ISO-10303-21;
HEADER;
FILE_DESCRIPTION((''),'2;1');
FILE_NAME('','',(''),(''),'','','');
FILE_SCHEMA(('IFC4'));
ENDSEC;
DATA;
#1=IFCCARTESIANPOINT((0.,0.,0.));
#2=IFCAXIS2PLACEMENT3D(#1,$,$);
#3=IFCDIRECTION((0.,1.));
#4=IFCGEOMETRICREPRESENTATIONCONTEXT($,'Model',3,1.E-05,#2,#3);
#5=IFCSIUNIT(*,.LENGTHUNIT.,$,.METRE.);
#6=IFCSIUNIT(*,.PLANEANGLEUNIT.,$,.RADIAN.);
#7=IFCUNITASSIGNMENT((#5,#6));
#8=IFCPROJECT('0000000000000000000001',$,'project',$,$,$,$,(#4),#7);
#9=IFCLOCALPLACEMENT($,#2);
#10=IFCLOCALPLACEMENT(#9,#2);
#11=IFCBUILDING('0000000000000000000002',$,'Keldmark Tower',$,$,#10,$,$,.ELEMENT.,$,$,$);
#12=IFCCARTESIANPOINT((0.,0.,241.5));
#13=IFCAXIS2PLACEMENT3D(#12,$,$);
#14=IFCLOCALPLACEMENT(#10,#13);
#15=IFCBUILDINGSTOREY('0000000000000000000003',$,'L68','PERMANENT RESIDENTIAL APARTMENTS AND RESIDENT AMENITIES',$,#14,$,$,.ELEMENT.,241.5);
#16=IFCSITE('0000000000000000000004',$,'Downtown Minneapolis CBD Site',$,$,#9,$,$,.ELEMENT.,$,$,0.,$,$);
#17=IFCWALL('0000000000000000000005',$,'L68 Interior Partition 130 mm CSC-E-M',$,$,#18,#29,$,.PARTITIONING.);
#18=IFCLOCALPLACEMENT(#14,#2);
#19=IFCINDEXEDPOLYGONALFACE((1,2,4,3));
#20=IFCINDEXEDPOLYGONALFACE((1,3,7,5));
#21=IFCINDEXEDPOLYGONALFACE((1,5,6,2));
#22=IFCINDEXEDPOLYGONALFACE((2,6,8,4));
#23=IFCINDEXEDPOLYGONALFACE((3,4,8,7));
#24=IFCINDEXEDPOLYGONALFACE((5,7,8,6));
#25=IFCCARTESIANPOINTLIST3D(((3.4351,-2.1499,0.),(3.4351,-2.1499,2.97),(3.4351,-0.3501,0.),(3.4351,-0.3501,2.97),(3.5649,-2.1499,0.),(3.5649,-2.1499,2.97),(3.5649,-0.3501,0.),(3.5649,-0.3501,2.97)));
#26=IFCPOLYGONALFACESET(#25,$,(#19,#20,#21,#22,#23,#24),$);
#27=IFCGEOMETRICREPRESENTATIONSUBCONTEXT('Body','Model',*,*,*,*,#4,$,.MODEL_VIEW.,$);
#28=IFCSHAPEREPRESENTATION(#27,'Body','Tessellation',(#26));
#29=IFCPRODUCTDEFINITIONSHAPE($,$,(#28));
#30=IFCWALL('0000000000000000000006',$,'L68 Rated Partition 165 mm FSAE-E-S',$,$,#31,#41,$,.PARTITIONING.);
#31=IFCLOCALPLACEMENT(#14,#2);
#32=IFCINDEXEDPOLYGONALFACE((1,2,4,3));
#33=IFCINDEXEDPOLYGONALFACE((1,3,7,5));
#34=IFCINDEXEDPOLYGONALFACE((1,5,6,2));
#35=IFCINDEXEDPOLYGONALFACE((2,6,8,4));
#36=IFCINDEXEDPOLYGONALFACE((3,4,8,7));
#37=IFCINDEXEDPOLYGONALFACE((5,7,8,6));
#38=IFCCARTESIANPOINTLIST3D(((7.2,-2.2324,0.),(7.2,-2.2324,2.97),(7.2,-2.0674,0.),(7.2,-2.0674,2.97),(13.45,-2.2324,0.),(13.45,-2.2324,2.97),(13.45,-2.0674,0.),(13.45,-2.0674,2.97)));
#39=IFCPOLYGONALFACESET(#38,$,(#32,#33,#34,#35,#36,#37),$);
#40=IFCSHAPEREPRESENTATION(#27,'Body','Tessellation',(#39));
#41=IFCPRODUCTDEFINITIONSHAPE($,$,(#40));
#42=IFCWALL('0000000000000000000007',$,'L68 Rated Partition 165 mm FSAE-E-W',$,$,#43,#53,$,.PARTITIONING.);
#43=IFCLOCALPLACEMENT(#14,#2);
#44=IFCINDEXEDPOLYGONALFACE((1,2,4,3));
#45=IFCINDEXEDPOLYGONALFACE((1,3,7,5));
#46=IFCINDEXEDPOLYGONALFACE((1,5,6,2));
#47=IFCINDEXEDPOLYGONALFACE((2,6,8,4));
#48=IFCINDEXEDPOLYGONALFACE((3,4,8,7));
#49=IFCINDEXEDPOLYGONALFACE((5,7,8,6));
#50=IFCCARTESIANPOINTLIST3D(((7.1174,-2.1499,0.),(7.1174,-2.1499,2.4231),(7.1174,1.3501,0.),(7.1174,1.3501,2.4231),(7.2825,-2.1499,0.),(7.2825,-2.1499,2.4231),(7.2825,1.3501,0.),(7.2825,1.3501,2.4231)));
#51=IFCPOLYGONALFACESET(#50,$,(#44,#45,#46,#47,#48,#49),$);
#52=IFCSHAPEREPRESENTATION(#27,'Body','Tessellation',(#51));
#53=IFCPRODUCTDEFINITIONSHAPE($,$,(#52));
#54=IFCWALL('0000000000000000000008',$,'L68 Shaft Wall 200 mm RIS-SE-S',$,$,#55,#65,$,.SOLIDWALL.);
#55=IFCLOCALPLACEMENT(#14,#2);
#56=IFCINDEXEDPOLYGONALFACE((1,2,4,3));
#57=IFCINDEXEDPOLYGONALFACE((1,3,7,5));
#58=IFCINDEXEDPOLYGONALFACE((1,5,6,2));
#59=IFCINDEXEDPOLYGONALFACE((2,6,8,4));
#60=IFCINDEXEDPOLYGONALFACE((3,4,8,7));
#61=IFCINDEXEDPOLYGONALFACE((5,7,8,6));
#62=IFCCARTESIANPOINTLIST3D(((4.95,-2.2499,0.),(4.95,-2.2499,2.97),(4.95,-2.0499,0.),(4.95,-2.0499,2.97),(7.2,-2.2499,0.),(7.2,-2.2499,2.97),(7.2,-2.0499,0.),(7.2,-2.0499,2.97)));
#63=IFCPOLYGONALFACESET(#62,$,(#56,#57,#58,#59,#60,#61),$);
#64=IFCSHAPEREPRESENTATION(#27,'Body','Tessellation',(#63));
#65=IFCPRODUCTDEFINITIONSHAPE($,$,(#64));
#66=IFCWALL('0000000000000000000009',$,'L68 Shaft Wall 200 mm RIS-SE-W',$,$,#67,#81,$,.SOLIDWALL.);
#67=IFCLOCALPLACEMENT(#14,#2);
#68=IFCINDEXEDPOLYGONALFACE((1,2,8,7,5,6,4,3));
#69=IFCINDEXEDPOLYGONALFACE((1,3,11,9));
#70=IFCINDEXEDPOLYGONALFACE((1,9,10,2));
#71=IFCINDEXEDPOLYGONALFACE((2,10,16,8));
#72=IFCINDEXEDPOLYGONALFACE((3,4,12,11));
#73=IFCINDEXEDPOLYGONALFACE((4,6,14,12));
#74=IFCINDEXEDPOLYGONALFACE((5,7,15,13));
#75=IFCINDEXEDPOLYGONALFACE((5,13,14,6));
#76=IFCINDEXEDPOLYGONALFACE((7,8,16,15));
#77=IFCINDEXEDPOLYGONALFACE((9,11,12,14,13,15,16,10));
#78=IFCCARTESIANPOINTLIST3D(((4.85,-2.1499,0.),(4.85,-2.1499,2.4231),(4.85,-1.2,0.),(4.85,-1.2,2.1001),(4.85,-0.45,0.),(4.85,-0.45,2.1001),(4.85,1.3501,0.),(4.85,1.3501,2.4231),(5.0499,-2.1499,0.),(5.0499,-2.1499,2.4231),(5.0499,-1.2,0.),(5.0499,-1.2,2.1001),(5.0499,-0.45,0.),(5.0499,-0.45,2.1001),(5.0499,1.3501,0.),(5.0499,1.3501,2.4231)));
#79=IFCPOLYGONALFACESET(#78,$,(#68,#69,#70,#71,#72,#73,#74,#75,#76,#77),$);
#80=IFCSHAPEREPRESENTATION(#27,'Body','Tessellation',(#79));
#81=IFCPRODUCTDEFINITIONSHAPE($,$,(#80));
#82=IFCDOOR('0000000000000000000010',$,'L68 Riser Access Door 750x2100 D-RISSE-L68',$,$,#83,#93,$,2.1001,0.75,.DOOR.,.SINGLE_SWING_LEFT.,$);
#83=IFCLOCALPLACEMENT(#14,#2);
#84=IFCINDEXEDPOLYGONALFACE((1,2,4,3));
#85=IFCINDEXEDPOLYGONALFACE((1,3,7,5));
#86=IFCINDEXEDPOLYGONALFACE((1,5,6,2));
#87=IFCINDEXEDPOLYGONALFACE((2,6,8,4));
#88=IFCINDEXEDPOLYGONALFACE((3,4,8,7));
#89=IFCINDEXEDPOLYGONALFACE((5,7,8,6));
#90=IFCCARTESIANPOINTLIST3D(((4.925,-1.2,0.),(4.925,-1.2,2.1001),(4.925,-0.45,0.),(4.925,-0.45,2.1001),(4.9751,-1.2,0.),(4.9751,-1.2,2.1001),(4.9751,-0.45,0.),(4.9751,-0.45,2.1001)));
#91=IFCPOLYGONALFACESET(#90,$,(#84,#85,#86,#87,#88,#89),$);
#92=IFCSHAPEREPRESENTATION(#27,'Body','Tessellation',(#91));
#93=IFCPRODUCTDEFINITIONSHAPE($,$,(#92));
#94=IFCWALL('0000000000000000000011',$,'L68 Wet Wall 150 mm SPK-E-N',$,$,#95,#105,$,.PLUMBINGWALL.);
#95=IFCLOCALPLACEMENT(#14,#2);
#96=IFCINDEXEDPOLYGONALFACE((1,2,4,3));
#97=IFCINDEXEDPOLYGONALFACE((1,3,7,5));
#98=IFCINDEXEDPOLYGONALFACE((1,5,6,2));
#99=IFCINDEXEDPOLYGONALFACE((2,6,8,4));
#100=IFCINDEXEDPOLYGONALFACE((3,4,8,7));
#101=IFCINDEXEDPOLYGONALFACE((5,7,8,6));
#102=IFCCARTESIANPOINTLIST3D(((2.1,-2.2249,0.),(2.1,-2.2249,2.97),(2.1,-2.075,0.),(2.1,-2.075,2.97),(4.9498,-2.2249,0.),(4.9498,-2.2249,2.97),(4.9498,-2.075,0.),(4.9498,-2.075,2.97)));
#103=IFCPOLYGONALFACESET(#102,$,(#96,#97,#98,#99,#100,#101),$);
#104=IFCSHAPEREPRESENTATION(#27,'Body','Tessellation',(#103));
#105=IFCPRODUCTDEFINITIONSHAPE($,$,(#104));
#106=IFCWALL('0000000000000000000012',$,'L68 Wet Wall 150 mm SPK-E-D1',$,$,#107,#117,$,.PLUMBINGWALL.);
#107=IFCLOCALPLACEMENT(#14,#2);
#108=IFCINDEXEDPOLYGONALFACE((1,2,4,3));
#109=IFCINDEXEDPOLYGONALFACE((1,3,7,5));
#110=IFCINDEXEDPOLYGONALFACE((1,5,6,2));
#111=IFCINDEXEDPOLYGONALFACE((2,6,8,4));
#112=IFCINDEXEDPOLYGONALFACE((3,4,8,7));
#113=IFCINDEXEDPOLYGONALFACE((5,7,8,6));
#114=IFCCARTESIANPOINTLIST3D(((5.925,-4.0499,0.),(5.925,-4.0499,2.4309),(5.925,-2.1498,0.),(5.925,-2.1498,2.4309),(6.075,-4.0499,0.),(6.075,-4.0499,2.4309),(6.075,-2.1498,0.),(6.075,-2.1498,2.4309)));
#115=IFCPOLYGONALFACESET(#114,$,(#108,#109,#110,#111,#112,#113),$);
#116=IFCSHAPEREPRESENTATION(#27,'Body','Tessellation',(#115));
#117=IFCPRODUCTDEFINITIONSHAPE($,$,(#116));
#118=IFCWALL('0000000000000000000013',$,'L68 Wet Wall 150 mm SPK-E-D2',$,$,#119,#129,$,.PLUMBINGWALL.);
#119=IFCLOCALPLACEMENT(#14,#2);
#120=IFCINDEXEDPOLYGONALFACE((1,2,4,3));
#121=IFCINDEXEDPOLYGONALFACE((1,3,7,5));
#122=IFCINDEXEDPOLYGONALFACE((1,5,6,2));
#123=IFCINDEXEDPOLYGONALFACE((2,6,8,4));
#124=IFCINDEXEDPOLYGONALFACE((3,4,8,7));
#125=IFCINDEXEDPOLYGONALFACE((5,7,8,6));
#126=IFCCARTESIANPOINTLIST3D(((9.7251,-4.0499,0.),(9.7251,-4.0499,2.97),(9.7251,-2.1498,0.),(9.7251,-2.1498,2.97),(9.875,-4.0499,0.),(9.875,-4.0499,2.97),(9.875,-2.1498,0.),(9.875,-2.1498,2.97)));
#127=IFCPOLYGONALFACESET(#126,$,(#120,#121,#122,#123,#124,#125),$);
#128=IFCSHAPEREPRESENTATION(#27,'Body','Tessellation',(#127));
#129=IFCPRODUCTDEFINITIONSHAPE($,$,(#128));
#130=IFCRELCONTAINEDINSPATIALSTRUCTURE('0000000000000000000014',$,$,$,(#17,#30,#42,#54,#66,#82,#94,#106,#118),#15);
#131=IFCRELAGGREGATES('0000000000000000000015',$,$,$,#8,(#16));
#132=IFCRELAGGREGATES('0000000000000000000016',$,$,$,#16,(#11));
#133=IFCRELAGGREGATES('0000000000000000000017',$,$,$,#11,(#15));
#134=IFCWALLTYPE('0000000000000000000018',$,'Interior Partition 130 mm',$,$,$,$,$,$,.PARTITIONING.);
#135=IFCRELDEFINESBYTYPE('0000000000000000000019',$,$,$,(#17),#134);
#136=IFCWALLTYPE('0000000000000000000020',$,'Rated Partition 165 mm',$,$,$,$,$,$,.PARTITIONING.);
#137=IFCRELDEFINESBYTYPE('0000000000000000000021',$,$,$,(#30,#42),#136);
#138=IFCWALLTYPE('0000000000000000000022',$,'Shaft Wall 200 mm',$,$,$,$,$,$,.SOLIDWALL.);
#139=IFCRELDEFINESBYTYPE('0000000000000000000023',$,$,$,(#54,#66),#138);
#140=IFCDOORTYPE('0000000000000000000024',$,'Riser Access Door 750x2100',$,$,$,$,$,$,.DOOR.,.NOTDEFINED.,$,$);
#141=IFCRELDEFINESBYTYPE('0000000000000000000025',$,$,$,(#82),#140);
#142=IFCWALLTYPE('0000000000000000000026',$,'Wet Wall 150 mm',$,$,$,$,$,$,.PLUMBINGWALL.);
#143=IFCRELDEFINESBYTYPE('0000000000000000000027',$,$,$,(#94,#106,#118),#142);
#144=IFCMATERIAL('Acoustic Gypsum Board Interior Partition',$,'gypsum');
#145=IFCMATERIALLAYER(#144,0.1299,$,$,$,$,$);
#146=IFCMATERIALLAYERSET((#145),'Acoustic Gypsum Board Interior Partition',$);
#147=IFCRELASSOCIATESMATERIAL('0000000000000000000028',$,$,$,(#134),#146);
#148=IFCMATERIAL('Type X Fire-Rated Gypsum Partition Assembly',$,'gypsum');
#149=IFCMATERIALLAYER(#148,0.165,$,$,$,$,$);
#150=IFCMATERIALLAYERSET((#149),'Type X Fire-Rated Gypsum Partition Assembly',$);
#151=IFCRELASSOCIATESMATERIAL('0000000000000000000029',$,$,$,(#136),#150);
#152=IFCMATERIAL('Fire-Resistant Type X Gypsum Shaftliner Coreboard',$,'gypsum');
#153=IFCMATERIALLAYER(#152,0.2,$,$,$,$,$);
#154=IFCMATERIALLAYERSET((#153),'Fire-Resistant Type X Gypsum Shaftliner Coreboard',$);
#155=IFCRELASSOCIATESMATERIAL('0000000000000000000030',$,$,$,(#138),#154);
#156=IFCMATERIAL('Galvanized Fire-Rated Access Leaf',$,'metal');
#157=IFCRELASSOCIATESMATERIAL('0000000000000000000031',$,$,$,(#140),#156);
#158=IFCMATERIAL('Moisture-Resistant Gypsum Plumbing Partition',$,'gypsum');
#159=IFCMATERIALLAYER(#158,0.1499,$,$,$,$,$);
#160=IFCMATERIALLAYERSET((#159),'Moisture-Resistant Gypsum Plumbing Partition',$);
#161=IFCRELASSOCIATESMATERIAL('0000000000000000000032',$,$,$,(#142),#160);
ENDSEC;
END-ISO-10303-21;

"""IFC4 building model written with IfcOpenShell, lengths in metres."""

from ifc_helpers import new_model, si_unit, direction, frame, frame_2d, origin, place, context, subcontext, project, spatial, rectangle, extrude, material, layer, layer_set, type_object, element, fill, save


model = new_model("IFC4")

# Units and contexts
model_context = context("Model", 3, precision=1e-05, world=origin(), true_north=direction((0.0, 1.0)))
body_context = subcontext(model_context, "Body", "Model", "MODEL_VIEW")
ifc_project = project(units=[si_unit("LENGTHUNIT", "METRE"), si_unit("PLANEANGLEUNIT", "RADIAN")], contexts=[model_context])

# Site, building, storey
site_placement = place(None, origin())
site = spatial("IfcSite", under=ifc_project, at=site_placement, Name="Downtown Minneapolis CBD Site", CompositionType="ELEMENT", RefElevation=0.0)
building_placement = place(site_placement, origin())
building = spatial("IfcBuilding", under=site, at=building_placement, Name="Keldmark Tower", CompositionType="ELEMENT")
storey_placement = place(building_placement, frame((0.0, 0.0, 241.5)))
storey = spatial("IfcBuildingStorey", under=building, at=storey_placement, Name="L68", Description="PERMANENT RESIDENTIAL APARTMENTS AND RESIDENT AMENITIES", CompositionType="ELEMENT", Elevation=241.5)

# Shared definitions
ifc_material_1 = material(Name="Acoustic Gypsum Board Interior Partition", Category="gypsum")
ifc_layer_1 = layer(ifc_material_1, 0.1299)
ifc_layer_set_1 = layer_set([ifc_layer_1], Name="Acoustic Gypsum Board Interior Partition")
wall_type_1 = type_object("IfcWallType", Name="Interior Partition 130 mm", PredefinedType="PARTITIONING", material=ifc_layer_set_1)

# Walls
for number, where, z_axis, x_axis, name in (
    (1, (3.5, -2.1499, 0.0), (0.0, 0.0, 1.0), (0.0, 1.0, 0.0), "L68 Interior Partition 130 mm CSC-E-M"),
):
    element("IfcWall", number, at=place(storey_placement, frame(where, z_axis=z_axis, x_axis=x_axis)), inside=storey, type_object=wall_type_1, Name=name, PredefinedType="PARTITIONING", context=body_context, shape_type="SweptSolid", body=[
        extrude(rectangle(XDim=1.7998, YDim=0.1299, at=frame_2d((0.8999, 0.0))), origin(), (0.0, 0.0, 1.0), 2.97),
    ])
ifc_material_2 = material(Name="Type X Fire-Rated Gypsum Partition Assembly", Category="gypsum")
ifc_layer_2 = layer(ifc_material_2, 0.165)
ifc_layer_set_2 = layer_set([ifc_layer_2], Name="Type X Fire-Rated Gypsum Partition Assembly")
wall_type_2 = type_object("IfcWallType", Name="Rated Partition 165 mm", PredefinedType="PARTITIONING", material=ifc_layer_set_2)
wall_1_placement = place(storey_placement, frame((7.2, -2.1499, 0.0), z_axis=(0.0, 0.0, 1.0), x_axis=(1.0, 0.0, 0.0)))
element("IfcWall", 2, at=wall_1_placement, inside=storey, type_object=wall_type_2, Name="L68 Rated Partition 165 mm FSAE-E-S", PredefinedType="PARTITIONING", context=body_context, shape_type="SweptSolid", body=[
    extrude(rectangle(XDim=6.25, YDim=0.165, at=frame_2d((3.125, 0.0))), origin(), (0.0, 0.0, 1.0), 2.97),
])
wall_2_placement = place(storey_placement, frame((7.2, -2.1499, 0.0), z_axis=(0.0, 0.0, 1.0), x_axis=(0.0, 1.0, 0.0)))
element("IfcWall", 3, at=wall_2_placement, inside=storey, type_object=wall_type_2, Name="L68 Rated Partition 165 mm FSAE-E-W", PredefinedType="PARTITIONING", context=body_context, shape_type="SweptSolid", body=[
    extrude(rectangle(XDim=3.5, YDim=0.165, at=frame_2d((1.75, 0.0))), origin(), (0.0, 0.0, 1.0), 2.4231),
])
ifc_material_3 = material(Name="Fire-Resistant Type X Gypsum Shaftliner Coreboard", Category="gypsum")
ifc_layer_3 = layer(ifc_material_3, 0.2)
ifc_layer_set_3 = layer_set([ifc_layer_3], Name="Fire-Resistant Type X Gypsum Shaftliner Coreboard")
wall_type_3 = type_object("IfcWallType", Name="Shaft Wall 200 mm", PredefinedType="SOLIDWALL", material=ifc_layer_set_3)
wall_3_placement = place(storey_placement, frame((4.95, -2.1499, 0.0), z_axis=(0.0, 0.0, 1.0), x_axis=(1.0, 0.0, 0.0)))
element("IfcWall", 4, at=wall_3_placement, inside=storey, type_object=wall_type_3, Name="L68 Shaft Wall 200 mm RIS-SE-S", PredefinedType="SOLIDWALL", context=body_context, shape_type="SweptSolid", body=[
    extrude(rectangle(XDim=2.25, YDim=0.2, at=frame_2d((1.125, 0.0))), origin(), (0.0, 0.0, 1.0), 2.97),
])

# Wall, opening, door
wall_4_placement = place(storey_placement, frame((4.95, -2.1499, 0.0), z_axis=(0.0, 0.0, 1.0), x_axis=(0.0, 1.0, 0.0)))
wall_4 = element("IfcWall", 5, at=wall_4_placement, inside=storey, type_object=wall_type_3, Name="L68 Shaft Wall 200 mm RIS-SE-W", PredefinedType="SOLIDWALL", context=body_context, shape_type="SweptSolid", body=[
    extrude(rectangle(XDim=3.5, YDim=0.2, at=frame_2d((1.75, 0.0))), origin(), (0.0, 0.0, 1.0), 2.4231),
])
opening_1_placement = place(wall_4_placement, frame((0.95, 0.0, 0.0)))
opening_1 = element("IfcOpeningElement", 6, at=opening_1_placement, cuts=wall_4, PredefinedType="OPENING", context=body_context, shape_type="SweptSolid", body=[
    extrude(rectangle(XDim=0.75, YDim=2.1001, at=frame_2d((0.375, 1.05))), frame((0.0, 0.1099, 0.0), z_axis=(0.0, -1.0, 0.0), x_axis=(1.0, 0.0, 0.0)), (0.0, 0.0, 1.0), 0.22),
])
ifc_material_4 = material(Name="Galvanized Fire-Rated Access Leaf", Category="metal")
door_type_1 = type_object("IfcDoorType", Name="Riser Access Door 750x2100", OperationType="NOTDEFINED", PredefinedType="DOOR", material=ifc_material_4)
door_1_placement = place(opening_1_placement, origin())
door_1 = element("IfcDoor", 7, at=door_1_placement, inside=storey, type_object=door_type_1, Name="L68 Riser Access Door 750x2100 D-RISSE-L68", OperationType="SINGLE_SWING_LEFT", OverallHeight=2.1001, OverallWidth=0.75, PredefinedType="DOOR", context=body_context, shape_type="SweptSolid", body=[
    extrude(rectangle(XDim=0.75, YDim=2.1001, at=frame_2d((0.375, 1.05))), frame((0.0, 0.0249, 0.0), z_axis=(0.0, -1.0, 0.0), x_axis=(1.0, 0.0, 0.0)), (0.0, 0.0, 1.0), 0.05),
])
fill(opening_1, door_1)

# Walls
ifc_material_5 = material(Name="Moisture-Resistant Gypsum Plumbing Partition", Category="gypsum")
ifc_layer_4 = layer(ifc_material_5, 0.1499)
ifc_layer_set_4 = layer_set([ifc_layer_4], Name="Moisture-Resistant Gypsum Plumbing Partition")
wall_type_4 = type_object("IfcWallType", Name="Wet Wall 150 mm", PredefinedType="PLUMBINGWALL", material=ifc_layer_set_4)
wall_5_placement = place(storey_placement, frame((2.1001, -2.1499, 0.0), z_axis=(0.0, 0.0, 1.0), x_axis=(1.0, 0.0, 0.0)))
element("IfcWall", 8, at=wall_5_placement, inside=storey, type_object=wall_type_4, Name="L68 Wet Wall 150 mm SPK-E-N", PredefinedType="PLUMBINGWALL", context=body_context, shape_type="SweptSolid", body=[
    extrude(rectangle(XDim=2.8499, YDim=0.1499, at=frame_2d((1.4248, 0.0))), origin(), (0.0, 0.0, 1.0), 2.97),
])
wall_6_placement = place(storey_placement, frame((6.0, -4.05, 0.0), z_axis=(0.0, 0.0, 1.0), x_axis=(0.0, 1.0, 0.0)))
element("IfcWall", 9, at=wall_6_placement, inside=storey, type_object=wall_type_4, Name="L68 Wet Wall 150 mm SPK-E-D1", PredefinedType="PLUMBINGWALL", context=body_context, shape_type="SweptSolid", body=[
    extrude(rectangle(XDim=1.9001, YDim=0.1499, at=frame_2d((0.9502, 0.0))), origin(), (0.0, 0.0, 1.0), 2.4309),
])
wall_7_placement = place(storey_placement, frame((9.8, -4.05, 0.0), z_axis=(0.0, 0.0, 1.0), x_axis=(0.0, 1.0, 0.0)))
element("IfcWall", 10, at=wall_7_placement, inside=storey, type_object=wall_type_4, Name="L68 Wet Wall 150 mm SPK-E-D2", PredefinedType="PLUMBINGWALL", context=body_context, shape_type="SweptSolid", body=[
    extrude(rectangle(XDim=1.9001, YDim=0.1499, at=frame_2d((0.9502, 0.0))), origin(), (0.0, 0.0, 1.0), 2.97),
])

save(model, "model.ifc")
